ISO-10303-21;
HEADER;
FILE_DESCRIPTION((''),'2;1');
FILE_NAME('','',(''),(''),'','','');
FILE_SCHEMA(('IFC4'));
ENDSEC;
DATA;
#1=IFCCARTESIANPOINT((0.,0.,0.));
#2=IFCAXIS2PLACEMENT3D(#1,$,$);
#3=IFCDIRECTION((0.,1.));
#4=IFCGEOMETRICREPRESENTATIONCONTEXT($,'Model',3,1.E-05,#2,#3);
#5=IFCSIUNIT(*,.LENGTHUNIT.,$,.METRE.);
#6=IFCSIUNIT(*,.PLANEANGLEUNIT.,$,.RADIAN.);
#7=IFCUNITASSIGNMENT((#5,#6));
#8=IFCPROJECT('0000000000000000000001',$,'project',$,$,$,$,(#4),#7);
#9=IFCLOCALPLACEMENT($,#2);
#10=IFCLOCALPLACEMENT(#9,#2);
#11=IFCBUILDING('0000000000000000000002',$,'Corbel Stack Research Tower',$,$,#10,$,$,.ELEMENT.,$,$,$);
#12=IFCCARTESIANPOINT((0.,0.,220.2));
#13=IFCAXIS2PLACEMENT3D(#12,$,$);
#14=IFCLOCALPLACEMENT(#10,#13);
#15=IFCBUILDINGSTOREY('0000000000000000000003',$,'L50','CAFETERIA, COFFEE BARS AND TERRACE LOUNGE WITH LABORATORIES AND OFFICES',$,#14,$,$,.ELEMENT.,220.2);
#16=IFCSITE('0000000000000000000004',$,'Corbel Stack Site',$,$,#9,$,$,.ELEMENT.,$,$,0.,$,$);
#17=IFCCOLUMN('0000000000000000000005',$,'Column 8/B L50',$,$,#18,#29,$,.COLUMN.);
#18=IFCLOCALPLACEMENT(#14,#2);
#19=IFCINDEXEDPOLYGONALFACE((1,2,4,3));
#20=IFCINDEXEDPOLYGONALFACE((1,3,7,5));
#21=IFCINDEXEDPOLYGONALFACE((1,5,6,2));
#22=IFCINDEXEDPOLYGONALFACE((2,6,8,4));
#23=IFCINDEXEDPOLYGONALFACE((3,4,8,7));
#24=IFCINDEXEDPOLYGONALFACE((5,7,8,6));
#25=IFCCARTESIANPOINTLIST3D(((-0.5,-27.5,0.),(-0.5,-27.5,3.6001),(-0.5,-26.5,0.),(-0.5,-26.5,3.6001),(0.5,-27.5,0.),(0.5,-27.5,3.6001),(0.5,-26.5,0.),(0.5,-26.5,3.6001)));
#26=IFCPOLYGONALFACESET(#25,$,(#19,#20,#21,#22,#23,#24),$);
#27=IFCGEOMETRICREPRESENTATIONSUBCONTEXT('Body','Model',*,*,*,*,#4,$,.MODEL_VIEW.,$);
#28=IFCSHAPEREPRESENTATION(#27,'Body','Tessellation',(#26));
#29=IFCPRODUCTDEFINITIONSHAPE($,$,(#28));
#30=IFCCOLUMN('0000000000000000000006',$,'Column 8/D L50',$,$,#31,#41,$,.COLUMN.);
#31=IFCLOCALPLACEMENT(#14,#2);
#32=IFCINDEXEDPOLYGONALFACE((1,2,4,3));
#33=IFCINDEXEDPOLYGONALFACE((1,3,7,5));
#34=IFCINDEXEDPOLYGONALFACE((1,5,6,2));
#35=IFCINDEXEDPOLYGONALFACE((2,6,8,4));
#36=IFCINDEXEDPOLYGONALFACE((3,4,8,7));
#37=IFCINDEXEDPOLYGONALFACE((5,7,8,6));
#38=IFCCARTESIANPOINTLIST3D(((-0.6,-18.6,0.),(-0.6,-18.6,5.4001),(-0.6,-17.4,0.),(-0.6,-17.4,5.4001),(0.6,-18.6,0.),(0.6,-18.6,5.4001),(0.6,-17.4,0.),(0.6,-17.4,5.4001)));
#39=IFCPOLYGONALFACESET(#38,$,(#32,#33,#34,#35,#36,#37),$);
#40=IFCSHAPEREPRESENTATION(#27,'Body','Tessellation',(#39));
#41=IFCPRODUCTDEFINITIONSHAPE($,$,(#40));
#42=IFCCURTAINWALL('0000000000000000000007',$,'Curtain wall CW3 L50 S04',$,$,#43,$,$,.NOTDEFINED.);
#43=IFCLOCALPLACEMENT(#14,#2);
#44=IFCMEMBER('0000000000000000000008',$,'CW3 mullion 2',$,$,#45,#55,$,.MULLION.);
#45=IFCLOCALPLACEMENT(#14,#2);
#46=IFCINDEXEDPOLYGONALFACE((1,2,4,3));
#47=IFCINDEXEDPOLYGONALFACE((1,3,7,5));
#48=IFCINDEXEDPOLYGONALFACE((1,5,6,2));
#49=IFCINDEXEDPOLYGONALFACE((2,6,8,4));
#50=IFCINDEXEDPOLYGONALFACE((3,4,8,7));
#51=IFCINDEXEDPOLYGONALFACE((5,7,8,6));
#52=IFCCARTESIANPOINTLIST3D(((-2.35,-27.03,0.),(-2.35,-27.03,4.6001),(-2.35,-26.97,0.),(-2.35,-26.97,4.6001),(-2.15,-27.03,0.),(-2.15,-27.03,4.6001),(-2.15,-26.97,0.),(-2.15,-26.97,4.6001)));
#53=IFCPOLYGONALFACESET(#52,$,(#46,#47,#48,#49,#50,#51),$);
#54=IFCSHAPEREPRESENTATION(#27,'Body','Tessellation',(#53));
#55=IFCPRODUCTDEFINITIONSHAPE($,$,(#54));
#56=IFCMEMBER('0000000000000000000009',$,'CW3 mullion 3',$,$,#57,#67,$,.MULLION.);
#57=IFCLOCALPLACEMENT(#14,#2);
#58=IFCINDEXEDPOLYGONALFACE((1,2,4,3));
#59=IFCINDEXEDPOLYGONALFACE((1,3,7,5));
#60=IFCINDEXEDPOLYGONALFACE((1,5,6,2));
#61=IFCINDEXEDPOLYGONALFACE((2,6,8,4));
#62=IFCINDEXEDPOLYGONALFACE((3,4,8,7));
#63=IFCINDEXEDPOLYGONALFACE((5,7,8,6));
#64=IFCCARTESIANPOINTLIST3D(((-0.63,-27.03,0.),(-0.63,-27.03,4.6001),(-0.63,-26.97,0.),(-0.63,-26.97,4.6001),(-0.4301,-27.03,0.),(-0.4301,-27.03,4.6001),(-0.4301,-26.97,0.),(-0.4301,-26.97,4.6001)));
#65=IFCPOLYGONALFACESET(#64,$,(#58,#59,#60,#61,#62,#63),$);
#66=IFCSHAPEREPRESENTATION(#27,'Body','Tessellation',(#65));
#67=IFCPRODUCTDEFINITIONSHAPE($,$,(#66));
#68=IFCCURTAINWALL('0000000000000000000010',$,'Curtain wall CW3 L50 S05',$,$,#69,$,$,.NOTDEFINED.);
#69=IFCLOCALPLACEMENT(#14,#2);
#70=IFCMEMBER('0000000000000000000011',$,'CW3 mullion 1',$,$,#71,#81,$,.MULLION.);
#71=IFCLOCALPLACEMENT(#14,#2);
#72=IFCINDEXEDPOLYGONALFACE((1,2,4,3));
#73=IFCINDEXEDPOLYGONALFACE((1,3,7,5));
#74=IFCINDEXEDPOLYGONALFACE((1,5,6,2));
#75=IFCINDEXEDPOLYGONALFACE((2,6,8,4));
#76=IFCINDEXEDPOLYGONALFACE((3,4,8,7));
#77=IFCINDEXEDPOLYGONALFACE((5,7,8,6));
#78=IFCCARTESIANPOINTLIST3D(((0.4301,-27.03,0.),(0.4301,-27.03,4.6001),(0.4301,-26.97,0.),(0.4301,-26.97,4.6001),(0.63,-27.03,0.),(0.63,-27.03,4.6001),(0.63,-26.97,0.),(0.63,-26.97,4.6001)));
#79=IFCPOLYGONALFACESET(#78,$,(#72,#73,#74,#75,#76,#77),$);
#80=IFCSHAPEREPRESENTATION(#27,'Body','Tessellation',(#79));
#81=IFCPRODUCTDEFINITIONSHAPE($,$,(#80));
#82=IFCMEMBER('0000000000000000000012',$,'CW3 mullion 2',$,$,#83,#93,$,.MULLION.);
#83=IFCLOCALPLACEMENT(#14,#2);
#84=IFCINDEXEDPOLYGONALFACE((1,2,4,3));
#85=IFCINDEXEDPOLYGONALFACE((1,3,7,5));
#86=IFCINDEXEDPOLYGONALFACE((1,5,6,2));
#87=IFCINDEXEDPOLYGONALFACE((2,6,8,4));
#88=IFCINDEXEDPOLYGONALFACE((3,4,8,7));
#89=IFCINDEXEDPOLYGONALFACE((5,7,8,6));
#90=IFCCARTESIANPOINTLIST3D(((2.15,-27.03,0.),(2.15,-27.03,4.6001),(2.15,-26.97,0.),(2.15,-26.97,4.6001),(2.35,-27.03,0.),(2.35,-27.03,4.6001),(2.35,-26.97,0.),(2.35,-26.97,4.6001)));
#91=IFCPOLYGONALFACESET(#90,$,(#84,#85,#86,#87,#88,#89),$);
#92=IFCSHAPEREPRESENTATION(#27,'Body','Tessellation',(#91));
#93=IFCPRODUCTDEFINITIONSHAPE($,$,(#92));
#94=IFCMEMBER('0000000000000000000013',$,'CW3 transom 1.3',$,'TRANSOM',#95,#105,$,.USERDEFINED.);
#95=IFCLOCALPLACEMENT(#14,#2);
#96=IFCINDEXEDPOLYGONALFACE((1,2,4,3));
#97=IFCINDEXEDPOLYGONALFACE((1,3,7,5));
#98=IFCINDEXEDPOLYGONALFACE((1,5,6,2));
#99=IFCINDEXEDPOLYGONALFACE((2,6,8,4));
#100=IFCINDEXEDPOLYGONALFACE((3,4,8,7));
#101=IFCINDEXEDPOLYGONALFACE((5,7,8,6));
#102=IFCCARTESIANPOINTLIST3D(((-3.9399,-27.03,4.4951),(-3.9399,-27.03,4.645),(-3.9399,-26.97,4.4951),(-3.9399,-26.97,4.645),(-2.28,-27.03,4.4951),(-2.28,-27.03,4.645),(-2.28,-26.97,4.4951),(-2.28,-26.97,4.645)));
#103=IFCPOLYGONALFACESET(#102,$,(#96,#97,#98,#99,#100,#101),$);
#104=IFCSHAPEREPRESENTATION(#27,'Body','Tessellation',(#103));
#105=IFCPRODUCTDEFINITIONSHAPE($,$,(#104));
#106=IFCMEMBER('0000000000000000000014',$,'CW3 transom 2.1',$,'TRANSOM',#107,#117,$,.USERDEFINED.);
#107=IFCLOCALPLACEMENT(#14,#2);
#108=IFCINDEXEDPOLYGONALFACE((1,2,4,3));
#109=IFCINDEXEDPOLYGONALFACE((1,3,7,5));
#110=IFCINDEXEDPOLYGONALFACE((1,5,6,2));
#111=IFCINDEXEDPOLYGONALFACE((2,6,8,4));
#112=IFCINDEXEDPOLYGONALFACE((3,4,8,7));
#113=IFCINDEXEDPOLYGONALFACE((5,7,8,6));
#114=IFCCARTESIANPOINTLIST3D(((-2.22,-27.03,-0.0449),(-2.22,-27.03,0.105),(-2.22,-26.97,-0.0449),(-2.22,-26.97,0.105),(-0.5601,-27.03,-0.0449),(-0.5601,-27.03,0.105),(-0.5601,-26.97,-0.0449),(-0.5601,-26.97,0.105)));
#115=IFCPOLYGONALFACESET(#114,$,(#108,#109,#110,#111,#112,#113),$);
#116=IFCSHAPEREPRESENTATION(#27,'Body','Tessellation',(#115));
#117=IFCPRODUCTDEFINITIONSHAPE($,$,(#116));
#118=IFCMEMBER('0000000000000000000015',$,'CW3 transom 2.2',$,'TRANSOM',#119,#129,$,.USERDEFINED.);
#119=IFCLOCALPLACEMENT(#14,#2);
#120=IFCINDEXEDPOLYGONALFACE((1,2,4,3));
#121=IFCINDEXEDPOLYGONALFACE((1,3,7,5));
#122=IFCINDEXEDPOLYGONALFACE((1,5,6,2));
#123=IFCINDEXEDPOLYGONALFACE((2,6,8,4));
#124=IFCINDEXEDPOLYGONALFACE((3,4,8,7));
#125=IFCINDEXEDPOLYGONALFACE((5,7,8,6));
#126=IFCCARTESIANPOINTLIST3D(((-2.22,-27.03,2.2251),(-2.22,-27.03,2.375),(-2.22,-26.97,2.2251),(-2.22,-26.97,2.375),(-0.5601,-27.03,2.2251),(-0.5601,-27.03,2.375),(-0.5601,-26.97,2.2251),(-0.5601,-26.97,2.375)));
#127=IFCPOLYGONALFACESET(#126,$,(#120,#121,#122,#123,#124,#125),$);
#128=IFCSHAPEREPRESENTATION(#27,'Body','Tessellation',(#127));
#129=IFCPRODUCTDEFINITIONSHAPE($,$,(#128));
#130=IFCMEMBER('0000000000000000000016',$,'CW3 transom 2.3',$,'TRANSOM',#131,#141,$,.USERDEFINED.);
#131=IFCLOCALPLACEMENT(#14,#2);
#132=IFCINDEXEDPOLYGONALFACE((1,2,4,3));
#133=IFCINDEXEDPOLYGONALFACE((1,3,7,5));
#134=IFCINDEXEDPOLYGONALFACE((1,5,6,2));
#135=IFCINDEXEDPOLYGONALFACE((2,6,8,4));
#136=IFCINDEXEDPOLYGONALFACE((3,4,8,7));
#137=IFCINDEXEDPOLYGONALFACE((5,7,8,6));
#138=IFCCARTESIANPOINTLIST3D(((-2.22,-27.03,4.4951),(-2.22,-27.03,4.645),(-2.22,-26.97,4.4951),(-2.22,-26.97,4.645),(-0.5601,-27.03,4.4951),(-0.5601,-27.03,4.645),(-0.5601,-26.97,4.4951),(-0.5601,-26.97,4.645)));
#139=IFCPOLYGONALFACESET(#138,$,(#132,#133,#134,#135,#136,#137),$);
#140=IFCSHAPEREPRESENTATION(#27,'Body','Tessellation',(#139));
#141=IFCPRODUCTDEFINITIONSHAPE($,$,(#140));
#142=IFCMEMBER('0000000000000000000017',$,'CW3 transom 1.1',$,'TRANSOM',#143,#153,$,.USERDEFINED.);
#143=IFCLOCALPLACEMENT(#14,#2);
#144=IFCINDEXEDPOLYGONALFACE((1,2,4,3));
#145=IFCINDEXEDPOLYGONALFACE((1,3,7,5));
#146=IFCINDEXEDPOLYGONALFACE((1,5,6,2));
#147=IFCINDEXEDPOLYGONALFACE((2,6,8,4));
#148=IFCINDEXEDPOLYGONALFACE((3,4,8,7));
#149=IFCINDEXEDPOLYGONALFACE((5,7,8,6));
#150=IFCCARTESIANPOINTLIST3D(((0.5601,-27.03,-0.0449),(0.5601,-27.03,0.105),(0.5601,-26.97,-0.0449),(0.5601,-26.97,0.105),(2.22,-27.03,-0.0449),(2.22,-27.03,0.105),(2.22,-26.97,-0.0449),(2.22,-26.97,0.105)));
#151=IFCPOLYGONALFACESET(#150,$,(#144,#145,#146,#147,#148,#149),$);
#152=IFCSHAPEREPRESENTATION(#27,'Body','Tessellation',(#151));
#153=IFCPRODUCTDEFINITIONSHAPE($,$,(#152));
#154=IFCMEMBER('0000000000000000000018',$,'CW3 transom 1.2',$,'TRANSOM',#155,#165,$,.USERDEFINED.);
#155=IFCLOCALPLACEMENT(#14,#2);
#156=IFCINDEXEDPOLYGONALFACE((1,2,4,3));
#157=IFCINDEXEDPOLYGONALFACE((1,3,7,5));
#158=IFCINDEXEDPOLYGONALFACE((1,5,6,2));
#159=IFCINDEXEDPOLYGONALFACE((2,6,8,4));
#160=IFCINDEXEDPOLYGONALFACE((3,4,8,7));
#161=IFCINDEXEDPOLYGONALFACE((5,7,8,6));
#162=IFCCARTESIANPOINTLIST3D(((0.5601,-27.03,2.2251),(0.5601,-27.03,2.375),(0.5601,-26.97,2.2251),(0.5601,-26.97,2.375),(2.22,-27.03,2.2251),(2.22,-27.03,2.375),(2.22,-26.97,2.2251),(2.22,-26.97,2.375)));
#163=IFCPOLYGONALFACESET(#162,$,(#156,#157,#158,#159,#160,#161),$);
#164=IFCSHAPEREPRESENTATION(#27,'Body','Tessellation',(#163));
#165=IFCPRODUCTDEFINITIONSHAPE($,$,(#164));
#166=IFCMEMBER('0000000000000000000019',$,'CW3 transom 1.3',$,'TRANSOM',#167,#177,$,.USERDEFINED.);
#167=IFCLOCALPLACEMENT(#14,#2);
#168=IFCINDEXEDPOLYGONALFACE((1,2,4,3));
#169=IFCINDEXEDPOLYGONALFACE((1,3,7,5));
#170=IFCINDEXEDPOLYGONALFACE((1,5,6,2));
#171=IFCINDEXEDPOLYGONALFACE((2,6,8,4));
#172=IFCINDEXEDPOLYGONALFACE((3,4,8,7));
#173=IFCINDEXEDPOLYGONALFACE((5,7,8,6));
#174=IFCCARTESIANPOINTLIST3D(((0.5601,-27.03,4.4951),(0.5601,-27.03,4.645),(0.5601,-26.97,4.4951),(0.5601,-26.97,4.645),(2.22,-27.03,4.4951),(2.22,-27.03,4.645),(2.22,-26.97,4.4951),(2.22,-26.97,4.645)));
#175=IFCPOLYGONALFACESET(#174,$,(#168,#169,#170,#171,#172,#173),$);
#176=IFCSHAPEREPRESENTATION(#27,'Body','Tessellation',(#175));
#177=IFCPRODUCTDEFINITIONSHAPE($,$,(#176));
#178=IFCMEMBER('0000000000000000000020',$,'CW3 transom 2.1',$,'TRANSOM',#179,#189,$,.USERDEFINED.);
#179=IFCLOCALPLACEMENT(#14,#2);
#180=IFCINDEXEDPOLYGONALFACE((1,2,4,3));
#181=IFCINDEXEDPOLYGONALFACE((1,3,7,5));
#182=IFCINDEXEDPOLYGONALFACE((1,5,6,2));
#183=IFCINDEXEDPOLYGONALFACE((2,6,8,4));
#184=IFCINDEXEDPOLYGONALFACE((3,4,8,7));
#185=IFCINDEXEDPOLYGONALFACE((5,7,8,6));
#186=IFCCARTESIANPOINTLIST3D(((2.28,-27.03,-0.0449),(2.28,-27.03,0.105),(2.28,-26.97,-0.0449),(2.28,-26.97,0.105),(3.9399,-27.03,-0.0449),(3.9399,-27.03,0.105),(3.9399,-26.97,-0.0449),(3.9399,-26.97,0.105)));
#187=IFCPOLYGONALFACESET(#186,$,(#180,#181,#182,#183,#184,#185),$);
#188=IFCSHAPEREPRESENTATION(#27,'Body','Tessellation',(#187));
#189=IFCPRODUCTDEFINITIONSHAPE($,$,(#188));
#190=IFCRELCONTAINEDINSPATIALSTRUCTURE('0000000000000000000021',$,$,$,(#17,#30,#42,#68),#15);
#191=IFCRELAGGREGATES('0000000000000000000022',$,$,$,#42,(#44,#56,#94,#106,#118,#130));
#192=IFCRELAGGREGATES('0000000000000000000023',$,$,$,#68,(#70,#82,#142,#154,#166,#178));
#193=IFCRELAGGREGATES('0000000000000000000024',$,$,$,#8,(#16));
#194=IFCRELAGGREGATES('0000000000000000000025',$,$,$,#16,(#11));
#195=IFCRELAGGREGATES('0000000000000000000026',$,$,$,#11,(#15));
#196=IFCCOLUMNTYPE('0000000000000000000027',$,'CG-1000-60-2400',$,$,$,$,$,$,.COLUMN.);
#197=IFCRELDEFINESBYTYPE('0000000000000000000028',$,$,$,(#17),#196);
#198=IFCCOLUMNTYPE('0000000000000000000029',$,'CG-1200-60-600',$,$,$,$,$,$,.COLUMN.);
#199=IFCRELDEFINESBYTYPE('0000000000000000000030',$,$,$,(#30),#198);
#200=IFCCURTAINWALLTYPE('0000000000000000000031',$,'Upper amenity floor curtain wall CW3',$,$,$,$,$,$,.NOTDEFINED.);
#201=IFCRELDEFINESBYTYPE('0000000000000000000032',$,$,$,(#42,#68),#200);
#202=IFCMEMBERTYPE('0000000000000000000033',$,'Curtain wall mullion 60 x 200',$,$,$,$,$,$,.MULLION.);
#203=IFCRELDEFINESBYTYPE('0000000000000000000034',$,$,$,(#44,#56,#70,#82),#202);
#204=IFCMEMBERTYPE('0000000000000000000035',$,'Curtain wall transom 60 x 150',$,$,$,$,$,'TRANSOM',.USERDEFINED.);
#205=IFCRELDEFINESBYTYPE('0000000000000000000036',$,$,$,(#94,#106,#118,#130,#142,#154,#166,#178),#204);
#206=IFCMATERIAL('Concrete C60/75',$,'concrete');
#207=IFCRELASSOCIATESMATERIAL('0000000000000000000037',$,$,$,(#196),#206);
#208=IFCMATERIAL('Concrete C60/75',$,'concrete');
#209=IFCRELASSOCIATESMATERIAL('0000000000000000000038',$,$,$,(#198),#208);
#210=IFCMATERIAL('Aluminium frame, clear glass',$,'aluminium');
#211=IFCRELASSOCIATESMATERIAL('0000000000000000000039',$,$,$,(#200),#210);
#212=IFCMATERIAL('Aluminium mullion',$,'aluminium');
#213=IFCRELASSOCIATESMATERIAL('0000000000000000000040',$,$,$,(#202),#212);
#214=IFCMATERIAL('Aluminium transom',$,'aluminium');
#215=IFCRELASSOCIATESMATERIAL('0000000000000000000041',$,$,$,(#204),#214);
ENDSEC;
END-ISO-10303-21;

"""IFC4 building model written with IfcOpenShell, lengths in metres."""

from ifc_helpers import new_model, si_unit, direction, frame, origin, origin_2d, place, context, subcontext, project, spatial, rectangle, extrude, material, material_profile, profile_set, type_object, element, aggregate, save


model = new_model("IFC4")

# Units and contexts
model_context = context("Model", 3, precision=1e-05, world=origin(), true_north=direction((0.0, 1.0)))
body_context = subcontext(model_context, "Body", "Model", "MODEL_VIEW")
ifc_project = project(units=[si_unit("LENGTHUNIT", "METRE"), si_unit("PLANEANGLEUNIT", "RADIAN")], contexts=[model_context])

# Site, building, storey
site_placement = place(None, origin())
site = spatial("IfcSite", under=ifc_project, at=site_placement, Name="Corbel Stack Site", CompositionType="ELEMENT", RefElevation=0.0)
building_placement = place(site_placement, origin())
building = spatial("IfcBuilding", under=site, at=building_placement, Name="Corbel Stack Research Tower", CompositionType="ELEMENT")
storey_placement = place(building_placement, frame((0.0, 0.0, 220.2)))
storey = spatial("IfcBuildingStorey", under=building, at=storey_placement, Name="L50", Description="CAFETERIA, COFFEE BARS AND TERRACE LOUNGE WITH LABORATORIES AND OFFICES", CompositionType="ELEMENT", Elevation=220.2)

# Columns
ifc_material_1 = material(Name="Concrete C60/75", Category="concrete")
ifc_material_profile_1 = material_profile(ifc_material_1, rectangle(XDim=1.0, YDim=1.0, at=origin_2d()), Name="RC 1000 x 1000")
ifc_profile_set_1 = profile_set([ifc_material_profile_1], Name="Concrete C60/75")
column_type_1 = type_object("IfcColumnType", Name="CG-1000-60-2400", PredefinedType="COLUMN", material=ifc_profile_set_1)
column_1_placement = place(storey_placement, frame((0.0, -27.0, 0.0), z_axis=(0.0, 0.0, 1.0), x_axis=(1.0, 0.0, 0.0)))
element("IfcColumn", 1, at=column_1_placement, inside=storey, type_object=column_type_1, Name="Column 8/B L50", PredefinedType="COLUMN", context=body_context, shape_type="SweptSolid", body=[
    extrude(rectangle(XDim=1.0, YDim=1.0, at=origin_2d()), origin(), (0.0, 0.0, 1.0), 3.6001),
])
ifc_material_2 = material(Name="Concrete C60/75", Category="concrete")
ifc_material_profile_2 = material_profile(ifc_material_2, rectangle(XDim=1.2, YDim=1.2, at=origin_2d()), Name="RC 1200 x 1200")
ifc_profile_set_2 = profile_set([ifc_material_profile_2], Name="Concrete C60/75")
column_type_2 = type_object("IfcColumnType", Name="CG-1200-60-600", PredefinedType="COLUMN", material=ifc_profile_set_2)
column_2_placement = place(storey_placement, frame((0.0, -18.0, 0.0), z_axis=(0.0, 0.0, 1.0), x_axis=(1.0, 0.0, 0.0)))
element("IfcColumn", 2, at=column_2_placement, inside=storey, type_object=column_type_2, Name="Column 8/D L50", PredefinedType="COLUMN", context=body_context, shape_type="SweptSolid", body=[
    extrude(rectangle(XDim=1.2, YDim=1.2, at=origin_2d()), origin(), (0.0, 0.0, 1.0), 5.4001),
])

# Curtain walls, members
ifc_material_3 = material(Name="Aluminium frame, clear glass", Category="aluminium")
curtain_wall_type = type_object("IfcCurtainWallType", Name="Upper amenity floor curtain wall CW3", PredefinedType="NOTDEFINED", material=ifc_material_3)
curtain_wall_1_placement = place(storey_placement, origin())
curtain_wall_1 = element("IfcCurtainWall", 3, at=curtain_wall_1_placement, inside=storey, type_object=curtain_wall_type, Name="Curtain wall CW3 L50 S04", PredefinedType="NOTDEFINED")
ifc_material_4 = material(Name="Aluminium mullion", Category="aluminium")
ifc_material_profile_3 = material_profile(ifc_material_4, rectangle(XDim=0.0601, YDim=0.2, at=origin_2d()), Name="Mullion 60 x 200")
ifc_profile_set_3 = profile_set([ifc_material_profile_3], Name="Aluminium mullion")
member_type_1 = type_object("IfcMemberType", Name="Curtain wall mullion 60 x 200", PredefinedType="MULLION", material=ifc_profile_set_3)
member_1_placement = place(storey_placement, frame((-2.25, -27.0, 0.0), z_axis=(0.0, 0.0, 1.0), x_axis=(0.0, 1.0, 0.0)))
member_1 = element("IfcMember", 4, at=member_1_placement, type_object=member_type_1, Name="CW3 mullion 2", PredefinedType="MULLION", context=body_context, shape_type="SweptSolid", body=[
    extrude(rectangle(XDim=0.0601, YDim=0.2, at=origin_2d()), origin(), (0.0, 0.0, 1.0), 4.6001),
])
member_2_placement = place(storey_placement, frame((-0.53, -27.0, 0.0), z_axis=(0.0, 0.0, 1.0), x_axis=(0.0, 1.0, 0.0)))
member_2 = element("IfcMember", 5, at=member_2_placement, type_object=member_type_1, Name="CW3 mullion 3", PredefinedType="MULLION", context=body_context, shape_type="SweptSolid", body=[
    extrude(rectangle(XDim=0.0601, YDim=0.2, at=origin_2d()), origin(), (0.0, 0.0, 1.0), 4.6001),
])
curtain_wall_2_placement = place(storey_placement, origin())
curtain_wall_2 = element("IfcCurtainWall", 6, at=curtain_wall_2_placement, inside=storey, type_object=curtain_wall_type, Name="Curtain wall CW3 L50 S05", PredefinedType="NOTDEFINED")
member_3_placement = place(storey_placement, frame((0.53, -27.0, 0.0), z_axis=(0.0, 0.0, 1.0), x_axis=(0.0, 1.0, 0.0)))
member_3 = element("IfcMember", 7, at=member_3_placement, type_object=member_type_1, Name="CW3 mullion 1", PredefinedType="MULLION", context=body_context, shape_type="SweptSolid", body=[
    extrude(rectangle(XDim=0.0601, YDim=0.2, at=origin_2d()), origin(), (0.0, 0.0, 1.0), 4.6001),
])
member_4_placement = place(storey_placement, frame((2.25, -27.0, 0.0), z_axis=(0.0, 0.0, 1.0), x_axis=(0.0, 1.0, 0.0)))
member_4 = element("IfcMember", 8, at=member_4_placement, type_object=member_type_1, Name="CW3 mullion 2", PredefinedType="MULLION", context=body_context, shape_type="SweptSolid", body=[
    extrude(rectangle(XDim=0.0601, YDim=0.2, at=origin_2d()), origin(), (0.0, 0.0, 1.0), 4.6001),
])

# Members
ifc_material_5 = material(Name="Aluminium transom", Category="aluminium")
ifc_material_profile_4 = material_profile(ifc_material_5, rectangle(XDim=0.0601, YDim=0.1499, at=origin_2d()), Name="Transom 60 x 150")
ifc_profile_set_4 = profile_set([ifc_material_profile_4], Name="Aluminium transom")
member_type_2 = type_object("IfcMemberType", Name="Curtain wall transom 60 x 150", ElementType="TRANSOM", PredefinedType="USERDEFINED", material=ifc_profile_set_4)
member_5_placement = place(storey_placement, frame((-3.9399, -27.0, 4.5701), z_axis=(1.0, 0.0, 0.0), x_axis=(0.0, 1.0, 0.0)))
member_5 = element("IfcMember", 9, at=member_5_placement, type_object=member_type_2, Name="CW3 transom 1.3", ObjectType="TRANSOM", PredefinedType="USERDEFINED", context=body_context, shape_type="SweptSolid", body=[
    extrude(rectangle(XDim=0.0601, YDim=0.1499, at=origin_2d()), origin(), (0.0, 0.0, 1.0), 1.6599),
])
member_6_placement = place(storey_placement, frame((-2.22, -27.0, 0.03), z_axis=(1.0, 0.0, 0.0), x_axis=(0.0, 1.0, 0.0)))
member_6 = element("IfcMember", 10, at=member_6_placement, type_object=member_type_2, Name="CW3 transom 2.1", ObjectType="TRANSOM", PredefinedType="USERDEFINED", context=body_context, shape_type="SweptSolid", body=[
    extrude(rectangle(XDim=0.0601, YDim=0.1499, at=origin_2d()), origin(), (0.0, 0.0, 1.0), 1.6599),
])
member_7_placement = place(storey_placement, frame((-2.22, -27.0, 2.3), z_axis=(1.0, 0.0, 0.0), x_axis=(0.0, 1.0, 0.0)))
member_7 = element("IfcMember", 11, at=member_7_placement, type_object=member_type_2, Name="CW3 transom 2.2", ObjectType="TRANSOM", PredefinedType="USERDEFINED", context=body_context, shape_type="SweptSolid", body=[
    extrude(rectangle(XDim=0.0601, YDim=0.1499, at=origin_2d()), origin(), (0.0, 0.0, 1.0), 1.6599),
])
member_8_placement = place(storey_placement, frame((-2.22, -27.0, 4.5701), z_axis=(1.0, 0.0, 0.0), x_axis=(0.0, 1.0, 0.0)))
member_8 = element("IfcMember", 12, at=member_8_placement, type_object=member_type_2, Name="CW3 transom 2.3", ObjectType="TRANSOM", PredefinedType="USERDEFINED", context=body_context, shape_type="SweptSolid", body=[
    extrude(rectangle(XDim=0.0601, YDim=0.1499, at=origin_2d()), origin(), (0.0, 0.0, 1.0), 1.6599),
])
member_9_placement = place(storey_placement, frame((0.5601, -27.0, 0.03), z_axis=(1.0, 0.0, 0.0), x_axis=(0.0, 1.0, 0.0)))
member_9 = element("IfcMember", 13, at=member_9_placement, type_object=member_type_2, Name="CW3 transom 1.1", ObjectType="TRANSOM", PredefinedType="USERDEFINED", context=body_context, shape_type="SweptSolid", body=[
    extrude(rectangle(XDim=0.0601, YDim=0.1499, at=origin_2d()), origin(), (0.0, 0.0, 1.0), 1.6599),
])
member_10_placement = place(storey_placement, frame((0.5601, -27.0, 2.3), z_axis=(1.0, 0.0, 0.0), x_axis=(0.0, 1.0, 0.0)))
member_10 = element("IfcMember", 14, at=member_10_placement, type_object=member_type_2, Name="CW3 transom 1.2", ObjectType="TRANSOM", PredefinedType="USERDEFINED", context=body_context, shape_type="SweptSolid", body=[
    extrude(rectangle(XDim=0.0601, YDim=0.1499, at=origin_2d()), origin(), (0.0, 0.0, 1.0), 1.6599),
])
member_11_placement = place(storey_placement, frame((0.5601, -27.0, 4.5701), z_axis=(1.0, 0.0, 0.0), x_axis=(0.0, 1.0, 0.0)))
member_11 = element("IfcMember", 15, at=member_11_placement, type_object=member_type_2, Name="CW3 transom 1.3", ObjectType="TRANSOM", PredefinedType="USERDEFINED", context=body_context, shape_type="SweptSolid", body=[
    extrude(rectangle(XDim=0.0601, YDim=0.1499, at=origin_2d()), origin(), (0.0, 0.0, 1.0), 1.6599),
])
member_12_placement = place(storey_placement, frame((2.28, -27.0, 0.03), z_axis=(1.0, 0.0, 0.0), x_axis=(0.0, 1.0, 0.0)))
member_12 = element("IfcMember", 16, at=member_12_placement, type_object=member_type_2, Name="CW3 transom 2.1", ObjectType="TRANSOM", PredefinedType="USERDEFINED", context=body_context, shape_type="SweptSolid", body=[
    extrude(rectangle(XDim=0.0601, YDim=0.1499, at=origin_2d()), origin(), (0.0, 0.0, 1.0), 1.6599),
])

aggregate(curtain_wall_1, [member_1, member_2, member_5, member_6, member_7, member_8])
aggregate(curtain_wall_2, [member_3, member_4, member_9, member_10, member_11, member_12])

save(model, "model.ifc")
